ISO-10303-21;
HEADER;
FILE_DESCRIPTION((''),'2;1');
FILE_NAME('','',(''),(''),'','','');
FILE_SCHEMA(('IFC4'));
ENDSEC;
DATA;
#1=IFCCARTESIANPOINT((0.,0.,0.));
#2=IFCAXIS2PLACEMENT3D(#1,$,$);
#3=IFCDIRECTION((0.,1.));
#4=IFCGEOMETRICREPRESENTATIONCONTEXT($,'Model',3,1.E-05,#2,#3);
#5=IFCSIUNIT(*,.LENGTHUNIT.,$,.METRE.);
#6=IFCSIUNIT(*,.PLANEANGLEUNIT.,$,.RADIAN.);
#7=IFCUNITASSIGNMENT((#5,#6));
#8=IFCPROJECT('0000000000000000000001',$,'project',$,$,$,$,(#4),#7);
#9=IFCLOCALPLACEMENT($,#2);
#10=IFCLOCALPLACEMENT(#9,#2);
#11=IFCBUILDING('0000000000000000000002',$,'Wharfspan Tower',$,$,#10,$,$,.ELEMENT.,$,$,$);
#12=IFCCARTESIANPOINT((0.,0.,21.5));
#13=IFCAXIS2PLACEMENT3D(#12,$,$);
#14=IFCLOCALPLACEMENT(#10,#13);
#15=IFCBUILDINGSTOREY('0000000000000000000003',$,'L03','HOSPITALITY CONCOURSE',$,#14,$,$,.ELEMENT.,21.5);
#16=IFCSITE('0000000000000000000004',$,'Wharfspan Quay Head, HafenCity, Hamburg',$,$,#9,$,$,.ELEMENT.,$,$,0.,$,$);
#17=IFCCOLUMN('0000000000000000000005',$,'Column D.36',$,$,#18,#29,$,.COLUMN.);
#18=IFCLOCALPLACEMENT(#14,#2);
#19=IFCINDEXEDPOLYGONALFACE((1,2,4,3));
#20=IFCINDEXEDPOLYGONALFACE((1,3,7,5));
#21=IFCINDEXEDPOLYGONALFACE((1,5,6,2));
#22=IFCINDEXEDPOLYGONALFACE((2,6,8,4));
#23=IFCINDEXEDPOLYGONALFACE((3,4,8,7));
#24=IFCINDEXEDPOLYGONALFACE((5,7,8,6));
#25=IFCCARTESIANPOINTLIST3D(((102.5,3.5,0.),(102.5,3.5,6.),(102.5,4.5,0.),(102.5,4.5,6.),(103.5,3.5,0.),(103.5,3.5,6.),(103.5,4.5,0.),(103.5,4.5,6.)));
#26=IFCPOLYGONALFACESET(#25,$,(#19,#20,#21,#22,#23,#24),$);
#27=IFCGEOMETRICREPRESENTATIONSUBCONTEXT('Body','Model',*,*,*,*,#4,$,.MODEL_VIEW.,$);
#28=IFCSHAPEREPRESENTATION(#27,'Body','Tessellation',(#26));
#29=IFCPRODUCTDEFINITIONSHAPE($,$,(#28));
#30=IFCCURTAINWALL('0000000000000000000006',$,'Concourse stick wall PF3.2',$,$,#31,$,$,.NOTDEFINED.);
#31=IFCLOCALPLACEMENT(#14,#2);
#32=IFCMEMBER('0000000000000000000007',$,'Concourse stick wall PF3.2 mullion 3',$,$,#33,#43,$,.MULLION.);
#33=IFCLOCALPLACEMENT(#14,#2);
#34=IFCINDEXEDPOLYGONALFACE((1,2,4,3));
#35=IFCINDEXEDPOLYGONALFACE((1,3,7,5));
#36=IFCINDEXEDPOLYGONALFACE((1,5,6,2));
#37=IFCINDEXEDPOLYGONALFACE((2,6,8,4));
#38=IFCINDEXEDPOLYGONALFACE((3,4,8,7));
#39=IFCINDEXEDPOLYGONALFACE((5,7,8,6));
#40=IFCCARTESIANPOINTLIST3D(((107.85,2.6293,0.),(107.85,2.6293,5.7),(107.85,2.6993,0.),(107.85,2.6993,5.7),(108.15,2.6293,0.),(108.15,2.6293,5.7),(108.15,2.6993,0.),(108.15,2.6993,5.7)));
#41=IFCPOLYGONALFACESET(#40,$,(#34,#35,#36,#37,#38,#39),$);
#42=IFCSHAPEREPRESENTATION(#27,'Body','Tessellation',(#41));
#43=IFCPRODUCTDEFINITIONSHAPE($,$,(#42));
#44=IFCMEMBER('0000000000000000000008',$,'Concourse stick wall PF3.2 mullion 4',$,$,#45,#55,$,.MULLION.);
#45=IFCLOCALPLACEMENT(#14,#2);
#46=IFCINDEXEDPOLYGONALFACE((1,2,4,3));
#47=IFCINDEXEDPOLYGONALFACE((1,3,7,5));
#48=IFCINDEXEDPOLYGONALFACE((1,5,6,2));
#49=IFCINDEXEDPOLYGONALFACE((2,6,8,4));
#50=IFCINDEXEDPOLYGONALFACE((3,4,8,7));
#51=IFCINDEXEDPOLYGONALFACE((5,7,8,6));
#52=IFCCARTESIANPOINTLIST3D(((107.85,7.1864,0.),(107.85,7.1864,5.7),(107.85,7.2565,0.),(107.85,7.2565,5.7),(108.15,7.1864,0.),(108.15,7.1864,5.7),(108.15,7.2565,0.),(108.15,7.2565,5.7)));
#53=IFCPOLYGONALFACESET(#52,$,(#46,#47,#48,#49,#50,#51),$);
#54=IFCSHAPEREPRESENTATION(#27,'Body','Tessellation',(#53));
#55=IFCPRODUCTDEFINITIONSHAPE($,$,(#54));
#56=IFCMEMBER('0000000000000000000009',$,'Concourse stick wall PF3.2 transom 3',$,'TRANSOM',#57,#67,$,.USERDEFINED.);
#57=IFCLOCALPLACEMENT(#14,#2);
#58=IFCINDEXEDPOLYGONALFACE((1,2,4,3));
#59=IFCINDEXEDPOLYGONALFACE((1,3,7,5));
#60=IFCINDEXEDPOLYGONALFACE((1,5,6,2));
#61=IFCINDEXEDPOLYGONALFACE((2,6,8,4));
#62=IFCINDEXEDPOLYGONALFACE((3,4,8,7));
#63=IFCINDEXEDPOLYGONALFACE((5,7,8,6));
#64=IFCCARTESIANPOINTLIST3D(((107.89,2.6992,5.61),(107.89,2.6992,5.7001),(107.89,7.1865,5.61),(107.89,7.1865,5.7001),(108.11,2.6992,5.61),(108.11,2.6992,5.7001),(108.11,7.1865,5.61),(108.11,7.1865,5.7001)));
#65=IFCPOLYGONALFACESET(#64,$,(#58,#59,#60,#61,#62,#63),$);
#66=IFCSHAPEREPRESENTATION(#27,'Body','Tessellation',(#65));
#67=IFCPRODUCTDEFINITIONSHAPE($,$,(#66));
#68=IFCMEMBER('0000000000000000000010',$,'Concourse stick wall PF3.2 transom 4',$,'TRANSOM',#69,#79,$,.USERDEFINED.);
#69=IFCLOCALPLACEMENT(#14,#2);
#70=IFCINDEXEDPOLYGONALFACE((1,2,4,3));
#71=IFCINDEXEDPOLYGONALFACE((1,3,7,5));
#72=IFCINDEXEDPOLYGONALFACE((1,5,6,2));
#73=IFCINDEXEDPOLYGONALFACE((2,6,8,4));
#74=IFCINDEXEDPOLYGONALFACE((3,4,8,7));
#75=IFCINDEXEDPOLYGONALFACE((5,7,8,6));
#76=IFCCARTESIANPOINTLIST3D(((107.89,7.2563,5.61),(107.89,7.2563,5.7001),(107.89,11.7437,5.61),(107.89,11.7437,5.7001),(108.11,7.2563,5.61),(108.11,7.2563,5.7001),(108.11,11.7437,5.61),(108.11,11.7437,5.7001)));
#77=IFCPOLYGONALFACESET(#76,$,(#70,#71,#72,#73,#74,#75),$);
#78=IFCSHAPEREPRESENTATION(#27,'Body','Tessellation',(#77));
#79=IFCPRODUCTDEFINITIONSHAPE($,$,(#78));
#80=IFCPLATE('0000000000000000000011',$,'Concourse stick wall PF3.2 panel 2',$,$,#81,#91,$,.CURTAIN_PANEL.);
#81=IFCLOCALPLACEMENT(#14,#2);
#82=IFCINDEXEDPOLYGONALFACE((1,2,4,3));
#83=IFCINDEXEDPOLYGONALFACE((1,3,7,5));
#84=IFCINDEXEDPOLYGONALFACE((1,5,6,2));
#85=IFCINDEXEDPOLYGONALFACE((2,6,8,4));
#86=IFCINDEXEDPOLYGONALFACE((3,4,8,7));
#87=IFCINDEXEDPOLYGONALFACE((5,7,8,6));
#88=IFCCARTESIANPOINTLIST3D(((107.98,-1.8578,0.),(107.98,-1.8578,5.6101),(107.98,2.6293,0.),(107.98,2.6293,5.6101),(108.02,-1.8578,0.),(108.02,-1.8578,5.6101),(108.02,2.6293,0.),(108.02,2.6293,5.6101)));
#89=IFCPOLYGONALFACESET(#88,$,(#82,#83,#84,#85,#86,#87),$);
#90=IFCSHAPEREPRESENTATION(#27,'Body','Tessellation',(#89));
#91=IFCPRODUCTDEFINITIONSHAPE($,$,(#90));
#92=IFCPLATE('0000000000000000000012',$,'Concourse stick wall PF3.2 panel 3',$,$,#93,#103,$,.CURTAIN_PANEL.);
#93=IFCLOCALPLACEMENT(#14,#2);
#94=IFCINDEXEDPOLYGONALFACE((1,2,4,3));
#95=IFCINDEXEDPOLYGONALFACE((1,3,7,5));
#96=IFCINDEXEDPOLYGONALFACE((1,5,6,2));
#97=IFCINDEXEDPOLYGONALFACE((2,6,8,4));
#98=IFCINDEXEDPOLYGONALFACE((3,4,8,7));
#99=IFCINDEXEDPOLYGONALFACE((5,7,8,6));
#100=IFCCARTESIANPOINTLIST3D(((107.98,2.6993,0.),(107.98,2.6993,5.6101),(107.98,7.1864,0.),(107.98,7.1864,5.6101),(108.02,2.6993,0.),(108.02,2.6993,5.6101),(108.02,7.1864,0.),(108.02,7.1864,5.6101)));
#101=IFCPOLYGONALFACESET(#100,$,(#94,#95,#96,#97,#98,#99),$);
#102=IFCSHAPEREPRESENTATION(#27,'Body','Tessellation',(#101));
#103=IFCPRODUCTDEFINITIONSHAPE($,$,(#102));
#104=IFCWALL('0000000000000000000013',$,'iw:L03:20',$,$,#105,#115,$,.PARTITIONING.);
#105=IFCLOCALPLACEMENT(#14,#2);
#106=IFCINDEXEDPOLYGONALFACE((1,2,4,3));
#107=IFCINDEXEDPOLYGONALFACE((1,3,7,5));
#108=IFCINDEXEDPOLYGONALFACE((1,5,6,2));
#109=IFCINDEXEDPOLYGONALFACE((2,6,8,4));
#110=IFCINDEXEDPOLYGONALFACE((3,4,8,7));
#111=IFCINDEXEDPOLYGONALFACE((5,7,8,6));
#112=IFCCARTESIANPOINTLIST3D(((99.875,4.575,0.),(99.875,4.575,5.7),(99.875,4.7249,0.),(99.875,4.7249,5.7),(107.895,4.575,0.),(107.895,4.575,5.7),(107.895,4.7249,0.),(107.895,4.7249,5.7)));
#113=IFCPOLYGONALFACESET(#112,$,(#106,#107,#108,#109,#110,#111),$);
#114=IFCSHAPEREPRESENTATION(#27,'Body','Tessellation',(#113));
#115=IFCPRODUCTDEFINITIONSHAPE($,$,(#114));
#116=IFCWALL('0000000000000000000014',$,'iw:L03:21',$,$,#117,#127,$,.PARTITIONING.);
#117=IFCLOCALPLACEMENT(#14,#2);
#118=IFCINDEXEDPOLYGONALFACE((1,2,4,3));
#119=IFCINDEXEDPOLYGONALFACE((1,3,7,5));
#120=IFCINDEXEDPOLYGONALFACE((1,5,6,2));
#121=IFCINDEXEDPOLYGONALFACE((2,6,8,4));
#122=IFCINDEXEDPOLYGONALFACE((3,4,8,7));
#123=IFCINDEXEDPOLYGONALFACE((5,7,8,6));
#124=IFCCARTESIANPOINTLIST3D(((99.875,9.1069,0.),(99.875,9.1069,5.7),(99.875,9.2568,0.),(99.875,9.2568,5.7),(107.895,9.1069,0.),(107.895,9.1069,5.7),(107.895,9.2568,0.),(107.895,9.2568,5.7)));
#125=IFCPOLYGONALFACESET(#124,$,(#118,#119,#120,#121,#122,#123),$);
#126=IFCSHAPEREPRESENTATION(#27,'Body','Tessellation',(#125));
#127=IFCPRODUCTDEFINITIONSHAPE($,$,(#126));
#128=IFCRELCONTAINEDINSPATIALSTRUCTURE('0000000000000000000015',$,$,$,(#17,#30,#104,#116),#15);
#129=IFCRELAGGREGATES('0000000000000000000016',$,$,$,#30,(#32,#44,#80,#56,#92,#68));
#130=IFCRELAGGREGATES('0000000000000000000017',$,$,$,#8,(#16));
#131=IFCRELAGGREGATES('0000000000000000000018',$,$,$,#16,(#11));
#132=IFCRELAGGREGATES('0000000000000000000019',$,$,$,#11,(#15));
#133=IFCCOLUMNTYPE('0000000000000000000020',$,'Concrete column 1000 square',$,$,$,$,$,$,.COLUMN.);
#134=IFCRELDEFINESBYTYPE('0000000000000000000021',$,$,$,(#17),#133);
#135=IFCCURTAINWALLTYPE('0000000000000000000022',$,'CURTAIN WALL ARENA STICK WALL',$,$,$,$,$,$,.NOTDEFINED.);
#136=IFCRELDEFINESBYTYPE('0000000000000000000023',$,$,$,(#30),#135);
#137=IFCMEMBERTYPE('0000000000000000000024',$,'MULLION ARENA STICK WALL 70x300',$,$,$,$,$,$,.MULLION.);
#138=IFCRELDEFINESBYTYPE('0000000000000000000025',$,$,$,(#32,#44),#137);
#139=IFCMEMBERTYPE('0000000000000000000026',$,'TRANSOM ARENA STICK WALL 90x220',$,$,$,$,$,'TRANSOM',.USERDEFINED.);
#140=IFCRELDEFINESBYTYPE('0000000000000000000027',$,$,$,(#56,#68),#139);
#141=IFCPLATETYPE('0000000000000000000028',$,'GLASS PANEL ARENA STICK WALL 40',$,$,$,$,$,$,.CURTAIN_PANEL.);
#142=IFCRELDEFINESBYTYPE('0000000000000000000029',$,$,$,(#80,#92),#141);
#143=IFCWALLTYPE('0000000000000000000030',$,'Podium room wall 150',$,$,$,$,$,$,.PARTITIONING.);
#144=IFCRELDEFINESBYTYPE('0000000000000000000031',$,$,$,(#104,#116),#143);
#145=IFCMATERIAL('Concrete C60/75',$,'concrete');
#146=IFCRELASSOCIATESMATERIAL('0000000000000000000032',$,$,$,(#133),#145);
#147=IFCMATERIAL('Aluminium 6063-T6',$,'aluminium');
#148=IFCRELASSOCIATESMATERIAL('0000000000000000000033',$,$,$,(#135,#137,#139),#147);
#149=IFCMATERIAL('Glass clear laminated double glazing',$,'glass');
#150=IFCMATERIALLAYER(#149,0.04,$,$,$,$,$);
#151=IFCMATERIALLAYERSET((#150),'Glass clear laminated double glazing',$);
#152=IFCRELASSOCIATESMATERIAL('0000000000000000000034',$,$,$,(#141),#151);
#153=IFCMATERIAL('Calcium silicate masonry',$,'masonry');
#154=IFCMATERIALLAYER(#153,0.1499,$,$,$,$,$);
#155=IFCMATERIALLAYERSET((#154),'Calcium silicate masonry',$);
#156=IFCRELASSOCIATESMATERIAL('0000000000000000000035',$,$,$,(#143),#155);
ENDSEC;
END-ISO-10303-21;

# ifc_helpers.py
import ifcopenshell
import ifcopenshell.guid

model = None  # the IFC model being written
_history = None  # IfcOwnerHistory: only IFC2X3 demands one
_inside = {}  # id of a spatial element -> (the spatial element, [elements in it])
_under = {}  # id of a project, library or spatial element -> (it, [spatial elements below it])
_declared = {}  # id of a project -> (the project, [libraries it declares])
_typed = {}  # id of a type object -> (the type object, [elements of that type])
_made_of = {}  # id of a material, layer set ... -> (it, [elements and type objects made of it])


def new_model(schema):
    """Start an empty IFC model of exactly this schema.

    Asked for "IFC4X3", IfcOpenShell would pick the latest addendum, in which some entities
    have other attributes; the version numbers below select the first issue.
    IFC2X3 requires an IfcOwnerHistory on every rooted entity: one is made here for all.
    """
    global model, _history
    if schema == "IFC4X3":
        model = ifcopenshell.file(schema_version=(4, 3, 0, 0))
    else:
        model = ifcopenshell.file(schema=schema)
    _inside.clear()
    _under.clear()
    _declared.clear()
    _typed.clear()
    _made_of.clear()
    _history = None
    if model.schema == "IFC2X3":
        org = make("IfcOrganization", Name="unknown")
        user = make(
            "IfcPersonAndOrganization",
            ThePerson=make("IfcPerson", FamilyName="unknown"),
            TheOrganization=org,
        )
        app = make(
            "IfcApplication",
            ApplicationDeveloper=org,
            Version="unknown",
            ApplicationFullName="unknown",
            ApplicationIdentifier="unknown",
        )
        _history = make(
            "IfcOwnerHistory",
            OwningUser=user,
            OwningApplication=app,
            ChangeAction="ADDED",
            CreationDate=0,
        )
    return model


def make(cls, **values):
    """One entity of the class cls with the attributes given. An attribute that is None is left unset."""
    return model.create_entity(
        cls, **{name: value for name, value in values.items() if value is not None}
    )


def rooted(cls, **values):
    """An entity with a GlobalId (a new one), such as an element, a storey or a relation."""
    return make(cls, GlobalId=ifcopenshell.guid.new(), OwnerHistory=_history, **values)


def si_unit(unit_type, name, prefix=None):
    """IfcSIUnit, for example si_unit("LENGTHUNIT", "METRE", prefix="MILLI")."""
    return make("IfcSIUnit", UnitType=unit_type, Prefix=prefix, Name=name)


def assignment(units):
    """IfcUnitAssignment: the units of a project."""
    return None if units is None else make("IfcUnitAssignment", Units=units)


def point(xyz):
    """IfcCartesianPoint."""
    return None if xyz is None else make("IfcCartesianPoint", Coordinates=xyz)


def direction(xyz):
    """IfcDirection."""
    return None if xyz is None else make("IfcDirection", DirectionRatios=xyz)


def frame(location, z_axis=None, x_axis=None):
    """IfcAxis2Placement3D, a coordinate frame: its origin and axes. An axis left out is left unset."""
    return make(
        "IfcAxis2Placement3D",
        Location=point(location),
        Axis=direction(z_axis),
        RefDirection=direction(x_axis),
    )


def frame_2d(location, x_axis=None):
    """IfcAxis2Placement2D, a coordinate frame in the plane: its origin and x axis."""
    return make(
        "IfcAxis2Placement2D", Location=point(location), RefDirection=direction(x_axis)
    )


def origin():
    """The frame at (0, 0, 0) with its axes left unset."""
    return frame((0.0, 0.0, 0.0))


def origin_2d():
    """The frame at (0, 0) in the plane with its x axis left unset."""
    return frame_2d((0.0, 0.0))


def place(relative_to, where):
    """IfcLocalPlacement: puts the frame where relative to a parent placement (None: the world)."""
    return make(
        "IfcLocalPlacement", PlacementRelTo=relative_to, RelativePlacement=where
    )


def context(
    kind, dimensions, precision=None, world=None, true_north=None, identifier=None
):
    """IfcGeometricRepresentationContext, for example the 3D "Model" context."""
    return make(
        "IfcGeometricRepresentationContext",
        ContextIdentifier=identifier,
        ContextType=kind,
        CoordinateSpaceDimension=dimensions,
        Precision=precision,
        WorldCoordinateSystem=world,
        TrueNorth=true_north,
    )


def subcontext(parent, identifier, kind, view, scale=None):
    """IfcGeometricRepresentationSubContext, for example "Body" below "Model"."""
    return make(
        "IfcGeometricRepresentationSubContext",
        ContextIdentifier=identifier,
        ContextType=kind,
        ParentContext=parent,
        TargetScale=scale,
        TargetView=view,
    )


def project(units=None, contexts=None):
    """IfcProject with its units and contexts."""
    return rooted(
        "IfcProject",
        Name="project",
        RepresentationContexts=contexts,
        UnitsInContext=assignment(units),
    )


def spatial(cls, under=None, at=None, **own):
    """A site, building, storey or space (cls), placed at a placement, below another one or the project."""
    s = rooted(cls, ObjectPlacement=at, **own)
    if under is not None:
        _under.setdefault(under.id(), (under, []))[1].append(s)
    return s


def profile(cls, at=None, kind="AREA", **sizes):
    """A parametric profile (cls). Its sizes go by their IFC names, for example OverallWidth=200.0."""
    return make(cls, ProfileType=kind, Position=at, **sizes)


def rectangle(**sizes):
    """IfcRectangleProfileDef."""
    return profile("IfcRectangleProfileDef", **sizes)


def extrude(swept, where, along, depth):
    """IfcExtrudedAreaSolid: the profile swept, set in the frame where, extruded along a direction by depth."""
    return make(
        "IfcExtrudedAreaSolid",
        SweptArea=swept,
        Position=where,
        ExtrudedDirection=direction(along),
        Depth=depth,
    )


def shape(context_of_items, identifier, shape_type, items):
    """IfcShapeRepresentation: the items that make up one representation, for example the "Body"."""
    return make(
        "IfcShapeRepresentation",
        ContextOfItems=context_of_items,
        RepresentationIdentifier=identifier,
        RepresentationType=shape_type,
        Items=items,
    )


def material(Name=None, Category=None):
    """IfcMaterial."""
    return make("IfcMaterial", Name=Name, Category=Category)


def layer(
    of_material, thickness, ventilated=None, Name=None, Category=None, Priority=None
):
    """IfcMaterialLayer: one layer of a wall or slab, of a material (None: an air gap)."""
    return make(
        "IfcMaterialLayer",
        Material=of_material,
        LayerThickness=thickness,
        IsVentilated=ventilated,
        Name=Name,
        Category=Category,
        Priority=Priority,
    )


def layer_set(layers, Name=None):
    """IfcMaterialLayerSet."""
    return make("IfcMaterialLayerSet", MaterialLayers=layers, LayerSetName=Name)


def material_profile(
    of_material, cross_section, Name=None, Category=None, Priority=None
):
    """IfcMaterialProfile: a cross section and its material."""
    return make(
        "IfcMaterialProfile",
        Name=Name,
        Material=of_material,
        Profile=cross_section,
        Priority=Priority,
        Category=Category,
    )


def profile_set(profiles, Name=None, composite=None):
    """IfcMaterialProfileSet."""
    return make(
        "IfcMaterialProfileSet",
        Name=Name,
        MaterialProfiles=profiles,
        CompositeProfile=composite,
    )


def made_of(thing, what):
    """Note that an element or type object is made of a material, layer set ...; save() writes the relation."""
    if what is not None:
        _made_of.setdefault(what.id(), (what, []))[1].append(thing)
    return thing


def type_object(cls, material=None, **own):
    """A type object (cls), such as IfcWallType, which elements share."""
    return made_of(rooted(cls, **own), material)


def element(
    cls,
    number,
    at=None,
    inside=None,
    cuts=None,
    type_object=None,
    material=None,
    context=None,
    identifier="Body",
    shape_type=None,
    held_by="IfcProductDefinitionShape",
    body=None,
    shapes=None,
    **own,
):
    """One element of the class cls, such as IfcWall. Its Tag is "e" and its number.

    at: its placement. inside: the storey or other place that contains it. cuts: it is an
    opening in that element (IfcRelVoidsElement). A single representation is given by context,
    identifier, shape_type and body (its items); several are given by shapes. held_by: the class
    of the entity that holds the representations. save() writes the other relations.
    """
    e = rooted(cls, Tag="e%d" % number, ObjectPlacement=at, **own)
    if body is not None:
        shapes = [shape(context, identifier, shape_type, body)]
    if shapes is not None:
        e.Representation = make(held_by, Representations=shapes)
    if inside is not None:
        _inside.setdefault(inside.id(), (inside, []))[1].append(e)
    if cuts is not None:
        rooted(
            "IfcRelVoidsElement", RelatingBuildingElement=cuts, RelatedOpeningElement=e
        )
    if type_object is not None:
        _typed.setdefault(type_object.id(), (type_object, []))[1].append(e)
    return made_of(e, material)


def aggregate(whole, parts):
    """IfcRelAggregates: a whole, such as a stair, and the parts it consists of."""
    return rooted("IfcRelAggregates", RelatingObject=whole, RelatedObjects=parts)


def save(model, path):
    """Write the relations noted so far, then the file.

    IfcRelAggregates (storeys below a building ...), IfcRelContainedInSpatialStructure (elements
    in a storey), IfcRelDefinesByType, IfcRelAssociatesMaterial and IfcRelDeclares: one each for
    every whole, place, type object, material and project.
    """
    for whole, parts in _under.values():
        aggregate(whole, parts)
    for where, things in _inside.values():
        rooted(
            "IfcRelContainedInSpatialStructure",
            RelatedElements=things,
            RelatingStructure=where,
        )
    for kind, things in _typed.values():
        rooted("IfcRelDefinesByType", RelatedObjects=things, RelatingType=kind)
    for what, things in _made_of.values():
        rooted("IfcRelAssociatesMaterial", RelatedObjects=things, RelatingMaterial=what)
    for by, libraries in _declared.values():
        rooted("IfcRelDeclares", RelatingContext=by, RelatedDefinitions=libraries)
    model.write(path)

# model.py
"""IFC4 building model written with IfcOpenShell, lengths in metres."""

from ifc_helpers import new_model, si_unit, direction, frame, frame_2d, origin, origin_2d, place, context, subcontext, project, spatial, rectangle, extrude, material, layer, layer_set, material_profile, profile_set, type_object, element, aggregate, save


model = new_model("IFC4")

# Units and contexts
model_context = context("Model", 3, precision=1e-05, world=origin(), true_north=direction((0.0, 1.0)))
body_context = subcontext(model_context, "Body", "Model", "MODEL_VIEW")
ifc_project = project(units=[si_unit("LENGTHUNIT", "METRE"), si_unit("PLANEANGLEUNIT", "RADIAN")], contexts=[model_context])

# Site, building, storey
site_placement = place(None, origin())
site = spatial("IfcSite", under=ifc_project, at=site_placement, Name="Wharfspan Quay Head, HafenCity, Hamburg", CompositionType="ELEMENT", RefElevation=0.0)
building_placement = place(site_placement, origin())
building = spatial("IfcBuilding", under=site, at=building_placement, Name="Wharfspan Tower", CompositionType="ELEMENT")
storey_placement = place(building_placement, frame((0.0, 0.0, 21.5)))
storey = spatial("IfcBuildingStorey", under=building, at=storey_placement, Name="L03", Description="HOSPITALITY CONCOURSE", CompositionType="ELEMENT", Elevation=21.5)

# Column
ifc_material_1 = material(Name="Concrete C60/75", Category="concrete")
ifc_material_profile_1 = material_profile(ifc_material_1, rectangle(XDim=1.0, YDim=1.0, at=origin_2d()))
ifc_profile_set_1 = profile_set([ifc_material_profile_1], Name="Concrete C60/75")
column_type = type_object("IfcColumnType", Name="Concrete column 1000 square", PredefinedType="COLUMN", material=ifc_profile_set_1)
column_placement = place(storey_placement, frame((103.0, 4.0, 0.0), z_axis=(0.0, 0.0, 1.0), x_axis=(1.0, 0.0, 0.0)))
element("IfcColumn", 1, at=column_placement, inside=storey, type_object=column_type, Name="Column D.36", PredefinedType="COLUMN", context=body_context, shape_type="SweptSolid", body=[
    extrude(rectangle(XDim=1.0, YDim=1.0, at=origin_2d()), origin(), (0.0, 0.0, 1.0), 6.0),
])

# Curtain wall, members, plates
ifc_material_2 = material(Name="Aluminium 6063-T6", Category="aluminium")
curtain_wall_type = type_object("IfcCurtainWallType", Name="CURTAIN WALL ARENA STICK WALL", PredefinedType="NOTDEFINED", material=ifc_material_2)
curtain_wall_placement = place(storey_placement, origin())
curtain_wall = element("IfcCurtainWall", 2, at=curtain_wall_placement, inside=storey, type_object=curtain_wall_type, Name="Concourse stick wall PF3.2", PredefinedType="NOTDEFINED")
ifc_material_profile_2 = material_profile(ifc_material_2, rectangle(XDim=0.3, YDim=0.0701, at=origin_2d()))
ifc_profile_set_2 = profile_set([ifc_material_profile_2], Name="Aluminium 6063-T6")
member_type_1 = type_object("IfcMemberType", Name="MULLION ARENA STICK WALL 70x300", PredefinedType="MULLION", material=ifc_profile_set_2)
member_1_placement = place(storey_placement, frame((108.0, 2.6643, 0.0), z_axis=(0.0, 0.0, 1.0), x_axis=(-1.0, 0.0, 0.0)))
member_1 = element("IfcMember", 3, at=member_1_placement, type_object=member_type_1, Name="Concourse stick wall PF3.2 mullion 3", PredefinedType="MULLION", context=body_context, shape_type="SweptSolid", body=[
    extrude(rectangle(XDim=0.3, YDim=0.0701, at=origin_2d()), origin(), (0.0, 0.0, 1.0), 5.7),
])
member_2_placement = place(storey_placement, frame((108.0, 7.2214, 0.0), z_axis=(0.0, 0.0, 1.0), x_axis=(-1.0, 0.0, 0.0)))
member_2 = element("IfcMember", 4, at=member_2_placement, type_object=member_type_1, Name="Concourse stick wall PF3.2 mullion 4", PredefinedType="MULLION", context=body_context, shape_type="SweptSolid", body=[
    extrude(rectangle(XDim=0.3, YDim=0.0701, at=origin_2d()), origin(), (0.0, 0.0, 1.0), 5.7),
])
ifc_material_profile_3 = material_profile(ifc_material_2, rectangle(XDim=0.22, YDim=0.0901, at=origin_2d()))
ifc_profile_set_3 = profile_set([ifc_material_profile_3], Name="Aluminium 6063-T6")
member_type_2 = type_object("IfcMemberType", Name="TRANSOM ARENA STICK WALL 90x220", ElementType="TRANSOM", PredefinedType="USERDEFINED", material=ifc_profile_set_3)
member_3_placement = place(storey_placement, frame((108.0, 2.6992, 5.655), z_axis=(0.0, 1.0, 0.0), x_axis=(-1.0, 0.0, 0.0)))
member_3 = element("IfcMember", 5, at=member_3_placement, type_object=member_type_2, Name="Concourse stick wall PF3.2 transom 3", ObjectType="TRANSOM", PredefinedType="USERDEFINED", context=body_context, shape_type="SweptSolid", body=[
    extrude(rectangle(XDim=0.22, YDim=0.0901, at=origin_2d()), origin(), (0.0, 0.0, 1.0), 4.4873),
])
member_4_placement = place(storey_placement, frame((108.0, 7.2563, 5.655), z_axis=(0.0, 1.0, 0.0), x_axis=(-1.0, 0.0, 0.0)))
member_4 = element("IfcMember", 6, at=member_4_placement, type_object=member_type_2, Name="Concourse stick wall PF3.2 transom 4", ObjectType="TRANSOM", PredefinedType="USERDEFINED", context=body_context, shape_type="SweptSolid", body=[
    extrude(rectangle(XDim=0.22, YDim=0.0901, at=origin_2d()), origin(), (0.0, 0.0, 1.0), 4.4873),
])
ifc_material_3 = material(Name="Glass clear laminated double glazing", Category="glass")
ifc_layer_1 = layer(ifc_material_3, 0.04)
ifc_layer_set_1 = layer_set([ifc_layer_1], Name="Glass clear laminated double glazing")
plate_type = type_object("IfcPlateType", Name="GLASS PANEL ARENA STICK WALL 40", PredefinedType="CURTAIN_PANEL", material=ifc_layer_set_1)
plate_1_placement = place(storey_placement, frame((108.0, 0.3857, 0.0), z_axis=(0.0, 0.0, 1.0), x_axis=(0.0, 1.0, 0.0)))
plate_1 = element("IfcPlate", 7, at=plate_1_placement, type_object=plate_type, Name="Concourse stick wall PF3.2 panel 2", PredefinedType="CURTAIN_PANEL", context=body_context, shape_type="SweptSolid", body=[
    extrude(rectangle(XDim=4.4871, YDim=0.04, at=origin_2d()), origin(), (0.0, 0.0, 1.0), 5.6101),
])
plate_2_placement = place(storey_placement, frame((108.0, 4.9429, 0.0), z_axis=(0.0, 0.0, 1.0), x_axis=(0.0, 1.0, 0.0)))
plate_2 = element("IfcPlate", 8, at=plate_2_placement, type_object=plate_type, Name="Concourse stick wall PF3.2 panel 3", PredefinedType="CURTAIN_PANEL", context=body_context, shape_type="SweptSolid", body=[
    extrude(rectangle(XDim=4.4871, YDim=0.04, at=origin_2d()), origin(), (0.0, 0.0, 1.0), 5.6101),
])
aggregate(curtain_wall, [member_1, member_2, plate_1, member_3, plate_2, member_4])

# Walls
ifc_material_4 = material(Name="Calcium silicate masonry", Category="masonry")
ifc_layer_2 = layer(ifc_material_4, 0.1499)
ifc_layer_set_2 = layer_set([ifc_layer_2], Name="Calcium silicate masonry")
wall_type = type_object("IfcWallType", Name="Podium room wall 150", PredefinedType="PARTITIONING", material=ifc_layer_set_2)
for number, where, z_axis, x_axis, name in (
    (9, (99.875, 4.6499, 0.0), (0.0, 0.0, 1.0), (1.0, 0.0, 0.0), "iw:L03:20"),
    (10, (99.875, 9.1819, 0.0), (0.0, 0.0, 1.0), (1.0, 0.0, 0.0), "iw:L03:21"),
):
    element("IfcWall", number, at=place(storey_placement, frame(where, z_axis=z_axis, x_axis=x_axis)), inside=storey, type_object=wall_type, Name=name, PredefinedType="PARTITIONING", context=body_context, shape_type="SweptSolid", body=[
        extrude(rectangle(XDim=8.02, YDim=0.1499, at=frame_2d((4.01, 0.0))), origin(), (0.0, 0.0, 1.0), 5.7),
    ])

save(model, "model.ifc")
